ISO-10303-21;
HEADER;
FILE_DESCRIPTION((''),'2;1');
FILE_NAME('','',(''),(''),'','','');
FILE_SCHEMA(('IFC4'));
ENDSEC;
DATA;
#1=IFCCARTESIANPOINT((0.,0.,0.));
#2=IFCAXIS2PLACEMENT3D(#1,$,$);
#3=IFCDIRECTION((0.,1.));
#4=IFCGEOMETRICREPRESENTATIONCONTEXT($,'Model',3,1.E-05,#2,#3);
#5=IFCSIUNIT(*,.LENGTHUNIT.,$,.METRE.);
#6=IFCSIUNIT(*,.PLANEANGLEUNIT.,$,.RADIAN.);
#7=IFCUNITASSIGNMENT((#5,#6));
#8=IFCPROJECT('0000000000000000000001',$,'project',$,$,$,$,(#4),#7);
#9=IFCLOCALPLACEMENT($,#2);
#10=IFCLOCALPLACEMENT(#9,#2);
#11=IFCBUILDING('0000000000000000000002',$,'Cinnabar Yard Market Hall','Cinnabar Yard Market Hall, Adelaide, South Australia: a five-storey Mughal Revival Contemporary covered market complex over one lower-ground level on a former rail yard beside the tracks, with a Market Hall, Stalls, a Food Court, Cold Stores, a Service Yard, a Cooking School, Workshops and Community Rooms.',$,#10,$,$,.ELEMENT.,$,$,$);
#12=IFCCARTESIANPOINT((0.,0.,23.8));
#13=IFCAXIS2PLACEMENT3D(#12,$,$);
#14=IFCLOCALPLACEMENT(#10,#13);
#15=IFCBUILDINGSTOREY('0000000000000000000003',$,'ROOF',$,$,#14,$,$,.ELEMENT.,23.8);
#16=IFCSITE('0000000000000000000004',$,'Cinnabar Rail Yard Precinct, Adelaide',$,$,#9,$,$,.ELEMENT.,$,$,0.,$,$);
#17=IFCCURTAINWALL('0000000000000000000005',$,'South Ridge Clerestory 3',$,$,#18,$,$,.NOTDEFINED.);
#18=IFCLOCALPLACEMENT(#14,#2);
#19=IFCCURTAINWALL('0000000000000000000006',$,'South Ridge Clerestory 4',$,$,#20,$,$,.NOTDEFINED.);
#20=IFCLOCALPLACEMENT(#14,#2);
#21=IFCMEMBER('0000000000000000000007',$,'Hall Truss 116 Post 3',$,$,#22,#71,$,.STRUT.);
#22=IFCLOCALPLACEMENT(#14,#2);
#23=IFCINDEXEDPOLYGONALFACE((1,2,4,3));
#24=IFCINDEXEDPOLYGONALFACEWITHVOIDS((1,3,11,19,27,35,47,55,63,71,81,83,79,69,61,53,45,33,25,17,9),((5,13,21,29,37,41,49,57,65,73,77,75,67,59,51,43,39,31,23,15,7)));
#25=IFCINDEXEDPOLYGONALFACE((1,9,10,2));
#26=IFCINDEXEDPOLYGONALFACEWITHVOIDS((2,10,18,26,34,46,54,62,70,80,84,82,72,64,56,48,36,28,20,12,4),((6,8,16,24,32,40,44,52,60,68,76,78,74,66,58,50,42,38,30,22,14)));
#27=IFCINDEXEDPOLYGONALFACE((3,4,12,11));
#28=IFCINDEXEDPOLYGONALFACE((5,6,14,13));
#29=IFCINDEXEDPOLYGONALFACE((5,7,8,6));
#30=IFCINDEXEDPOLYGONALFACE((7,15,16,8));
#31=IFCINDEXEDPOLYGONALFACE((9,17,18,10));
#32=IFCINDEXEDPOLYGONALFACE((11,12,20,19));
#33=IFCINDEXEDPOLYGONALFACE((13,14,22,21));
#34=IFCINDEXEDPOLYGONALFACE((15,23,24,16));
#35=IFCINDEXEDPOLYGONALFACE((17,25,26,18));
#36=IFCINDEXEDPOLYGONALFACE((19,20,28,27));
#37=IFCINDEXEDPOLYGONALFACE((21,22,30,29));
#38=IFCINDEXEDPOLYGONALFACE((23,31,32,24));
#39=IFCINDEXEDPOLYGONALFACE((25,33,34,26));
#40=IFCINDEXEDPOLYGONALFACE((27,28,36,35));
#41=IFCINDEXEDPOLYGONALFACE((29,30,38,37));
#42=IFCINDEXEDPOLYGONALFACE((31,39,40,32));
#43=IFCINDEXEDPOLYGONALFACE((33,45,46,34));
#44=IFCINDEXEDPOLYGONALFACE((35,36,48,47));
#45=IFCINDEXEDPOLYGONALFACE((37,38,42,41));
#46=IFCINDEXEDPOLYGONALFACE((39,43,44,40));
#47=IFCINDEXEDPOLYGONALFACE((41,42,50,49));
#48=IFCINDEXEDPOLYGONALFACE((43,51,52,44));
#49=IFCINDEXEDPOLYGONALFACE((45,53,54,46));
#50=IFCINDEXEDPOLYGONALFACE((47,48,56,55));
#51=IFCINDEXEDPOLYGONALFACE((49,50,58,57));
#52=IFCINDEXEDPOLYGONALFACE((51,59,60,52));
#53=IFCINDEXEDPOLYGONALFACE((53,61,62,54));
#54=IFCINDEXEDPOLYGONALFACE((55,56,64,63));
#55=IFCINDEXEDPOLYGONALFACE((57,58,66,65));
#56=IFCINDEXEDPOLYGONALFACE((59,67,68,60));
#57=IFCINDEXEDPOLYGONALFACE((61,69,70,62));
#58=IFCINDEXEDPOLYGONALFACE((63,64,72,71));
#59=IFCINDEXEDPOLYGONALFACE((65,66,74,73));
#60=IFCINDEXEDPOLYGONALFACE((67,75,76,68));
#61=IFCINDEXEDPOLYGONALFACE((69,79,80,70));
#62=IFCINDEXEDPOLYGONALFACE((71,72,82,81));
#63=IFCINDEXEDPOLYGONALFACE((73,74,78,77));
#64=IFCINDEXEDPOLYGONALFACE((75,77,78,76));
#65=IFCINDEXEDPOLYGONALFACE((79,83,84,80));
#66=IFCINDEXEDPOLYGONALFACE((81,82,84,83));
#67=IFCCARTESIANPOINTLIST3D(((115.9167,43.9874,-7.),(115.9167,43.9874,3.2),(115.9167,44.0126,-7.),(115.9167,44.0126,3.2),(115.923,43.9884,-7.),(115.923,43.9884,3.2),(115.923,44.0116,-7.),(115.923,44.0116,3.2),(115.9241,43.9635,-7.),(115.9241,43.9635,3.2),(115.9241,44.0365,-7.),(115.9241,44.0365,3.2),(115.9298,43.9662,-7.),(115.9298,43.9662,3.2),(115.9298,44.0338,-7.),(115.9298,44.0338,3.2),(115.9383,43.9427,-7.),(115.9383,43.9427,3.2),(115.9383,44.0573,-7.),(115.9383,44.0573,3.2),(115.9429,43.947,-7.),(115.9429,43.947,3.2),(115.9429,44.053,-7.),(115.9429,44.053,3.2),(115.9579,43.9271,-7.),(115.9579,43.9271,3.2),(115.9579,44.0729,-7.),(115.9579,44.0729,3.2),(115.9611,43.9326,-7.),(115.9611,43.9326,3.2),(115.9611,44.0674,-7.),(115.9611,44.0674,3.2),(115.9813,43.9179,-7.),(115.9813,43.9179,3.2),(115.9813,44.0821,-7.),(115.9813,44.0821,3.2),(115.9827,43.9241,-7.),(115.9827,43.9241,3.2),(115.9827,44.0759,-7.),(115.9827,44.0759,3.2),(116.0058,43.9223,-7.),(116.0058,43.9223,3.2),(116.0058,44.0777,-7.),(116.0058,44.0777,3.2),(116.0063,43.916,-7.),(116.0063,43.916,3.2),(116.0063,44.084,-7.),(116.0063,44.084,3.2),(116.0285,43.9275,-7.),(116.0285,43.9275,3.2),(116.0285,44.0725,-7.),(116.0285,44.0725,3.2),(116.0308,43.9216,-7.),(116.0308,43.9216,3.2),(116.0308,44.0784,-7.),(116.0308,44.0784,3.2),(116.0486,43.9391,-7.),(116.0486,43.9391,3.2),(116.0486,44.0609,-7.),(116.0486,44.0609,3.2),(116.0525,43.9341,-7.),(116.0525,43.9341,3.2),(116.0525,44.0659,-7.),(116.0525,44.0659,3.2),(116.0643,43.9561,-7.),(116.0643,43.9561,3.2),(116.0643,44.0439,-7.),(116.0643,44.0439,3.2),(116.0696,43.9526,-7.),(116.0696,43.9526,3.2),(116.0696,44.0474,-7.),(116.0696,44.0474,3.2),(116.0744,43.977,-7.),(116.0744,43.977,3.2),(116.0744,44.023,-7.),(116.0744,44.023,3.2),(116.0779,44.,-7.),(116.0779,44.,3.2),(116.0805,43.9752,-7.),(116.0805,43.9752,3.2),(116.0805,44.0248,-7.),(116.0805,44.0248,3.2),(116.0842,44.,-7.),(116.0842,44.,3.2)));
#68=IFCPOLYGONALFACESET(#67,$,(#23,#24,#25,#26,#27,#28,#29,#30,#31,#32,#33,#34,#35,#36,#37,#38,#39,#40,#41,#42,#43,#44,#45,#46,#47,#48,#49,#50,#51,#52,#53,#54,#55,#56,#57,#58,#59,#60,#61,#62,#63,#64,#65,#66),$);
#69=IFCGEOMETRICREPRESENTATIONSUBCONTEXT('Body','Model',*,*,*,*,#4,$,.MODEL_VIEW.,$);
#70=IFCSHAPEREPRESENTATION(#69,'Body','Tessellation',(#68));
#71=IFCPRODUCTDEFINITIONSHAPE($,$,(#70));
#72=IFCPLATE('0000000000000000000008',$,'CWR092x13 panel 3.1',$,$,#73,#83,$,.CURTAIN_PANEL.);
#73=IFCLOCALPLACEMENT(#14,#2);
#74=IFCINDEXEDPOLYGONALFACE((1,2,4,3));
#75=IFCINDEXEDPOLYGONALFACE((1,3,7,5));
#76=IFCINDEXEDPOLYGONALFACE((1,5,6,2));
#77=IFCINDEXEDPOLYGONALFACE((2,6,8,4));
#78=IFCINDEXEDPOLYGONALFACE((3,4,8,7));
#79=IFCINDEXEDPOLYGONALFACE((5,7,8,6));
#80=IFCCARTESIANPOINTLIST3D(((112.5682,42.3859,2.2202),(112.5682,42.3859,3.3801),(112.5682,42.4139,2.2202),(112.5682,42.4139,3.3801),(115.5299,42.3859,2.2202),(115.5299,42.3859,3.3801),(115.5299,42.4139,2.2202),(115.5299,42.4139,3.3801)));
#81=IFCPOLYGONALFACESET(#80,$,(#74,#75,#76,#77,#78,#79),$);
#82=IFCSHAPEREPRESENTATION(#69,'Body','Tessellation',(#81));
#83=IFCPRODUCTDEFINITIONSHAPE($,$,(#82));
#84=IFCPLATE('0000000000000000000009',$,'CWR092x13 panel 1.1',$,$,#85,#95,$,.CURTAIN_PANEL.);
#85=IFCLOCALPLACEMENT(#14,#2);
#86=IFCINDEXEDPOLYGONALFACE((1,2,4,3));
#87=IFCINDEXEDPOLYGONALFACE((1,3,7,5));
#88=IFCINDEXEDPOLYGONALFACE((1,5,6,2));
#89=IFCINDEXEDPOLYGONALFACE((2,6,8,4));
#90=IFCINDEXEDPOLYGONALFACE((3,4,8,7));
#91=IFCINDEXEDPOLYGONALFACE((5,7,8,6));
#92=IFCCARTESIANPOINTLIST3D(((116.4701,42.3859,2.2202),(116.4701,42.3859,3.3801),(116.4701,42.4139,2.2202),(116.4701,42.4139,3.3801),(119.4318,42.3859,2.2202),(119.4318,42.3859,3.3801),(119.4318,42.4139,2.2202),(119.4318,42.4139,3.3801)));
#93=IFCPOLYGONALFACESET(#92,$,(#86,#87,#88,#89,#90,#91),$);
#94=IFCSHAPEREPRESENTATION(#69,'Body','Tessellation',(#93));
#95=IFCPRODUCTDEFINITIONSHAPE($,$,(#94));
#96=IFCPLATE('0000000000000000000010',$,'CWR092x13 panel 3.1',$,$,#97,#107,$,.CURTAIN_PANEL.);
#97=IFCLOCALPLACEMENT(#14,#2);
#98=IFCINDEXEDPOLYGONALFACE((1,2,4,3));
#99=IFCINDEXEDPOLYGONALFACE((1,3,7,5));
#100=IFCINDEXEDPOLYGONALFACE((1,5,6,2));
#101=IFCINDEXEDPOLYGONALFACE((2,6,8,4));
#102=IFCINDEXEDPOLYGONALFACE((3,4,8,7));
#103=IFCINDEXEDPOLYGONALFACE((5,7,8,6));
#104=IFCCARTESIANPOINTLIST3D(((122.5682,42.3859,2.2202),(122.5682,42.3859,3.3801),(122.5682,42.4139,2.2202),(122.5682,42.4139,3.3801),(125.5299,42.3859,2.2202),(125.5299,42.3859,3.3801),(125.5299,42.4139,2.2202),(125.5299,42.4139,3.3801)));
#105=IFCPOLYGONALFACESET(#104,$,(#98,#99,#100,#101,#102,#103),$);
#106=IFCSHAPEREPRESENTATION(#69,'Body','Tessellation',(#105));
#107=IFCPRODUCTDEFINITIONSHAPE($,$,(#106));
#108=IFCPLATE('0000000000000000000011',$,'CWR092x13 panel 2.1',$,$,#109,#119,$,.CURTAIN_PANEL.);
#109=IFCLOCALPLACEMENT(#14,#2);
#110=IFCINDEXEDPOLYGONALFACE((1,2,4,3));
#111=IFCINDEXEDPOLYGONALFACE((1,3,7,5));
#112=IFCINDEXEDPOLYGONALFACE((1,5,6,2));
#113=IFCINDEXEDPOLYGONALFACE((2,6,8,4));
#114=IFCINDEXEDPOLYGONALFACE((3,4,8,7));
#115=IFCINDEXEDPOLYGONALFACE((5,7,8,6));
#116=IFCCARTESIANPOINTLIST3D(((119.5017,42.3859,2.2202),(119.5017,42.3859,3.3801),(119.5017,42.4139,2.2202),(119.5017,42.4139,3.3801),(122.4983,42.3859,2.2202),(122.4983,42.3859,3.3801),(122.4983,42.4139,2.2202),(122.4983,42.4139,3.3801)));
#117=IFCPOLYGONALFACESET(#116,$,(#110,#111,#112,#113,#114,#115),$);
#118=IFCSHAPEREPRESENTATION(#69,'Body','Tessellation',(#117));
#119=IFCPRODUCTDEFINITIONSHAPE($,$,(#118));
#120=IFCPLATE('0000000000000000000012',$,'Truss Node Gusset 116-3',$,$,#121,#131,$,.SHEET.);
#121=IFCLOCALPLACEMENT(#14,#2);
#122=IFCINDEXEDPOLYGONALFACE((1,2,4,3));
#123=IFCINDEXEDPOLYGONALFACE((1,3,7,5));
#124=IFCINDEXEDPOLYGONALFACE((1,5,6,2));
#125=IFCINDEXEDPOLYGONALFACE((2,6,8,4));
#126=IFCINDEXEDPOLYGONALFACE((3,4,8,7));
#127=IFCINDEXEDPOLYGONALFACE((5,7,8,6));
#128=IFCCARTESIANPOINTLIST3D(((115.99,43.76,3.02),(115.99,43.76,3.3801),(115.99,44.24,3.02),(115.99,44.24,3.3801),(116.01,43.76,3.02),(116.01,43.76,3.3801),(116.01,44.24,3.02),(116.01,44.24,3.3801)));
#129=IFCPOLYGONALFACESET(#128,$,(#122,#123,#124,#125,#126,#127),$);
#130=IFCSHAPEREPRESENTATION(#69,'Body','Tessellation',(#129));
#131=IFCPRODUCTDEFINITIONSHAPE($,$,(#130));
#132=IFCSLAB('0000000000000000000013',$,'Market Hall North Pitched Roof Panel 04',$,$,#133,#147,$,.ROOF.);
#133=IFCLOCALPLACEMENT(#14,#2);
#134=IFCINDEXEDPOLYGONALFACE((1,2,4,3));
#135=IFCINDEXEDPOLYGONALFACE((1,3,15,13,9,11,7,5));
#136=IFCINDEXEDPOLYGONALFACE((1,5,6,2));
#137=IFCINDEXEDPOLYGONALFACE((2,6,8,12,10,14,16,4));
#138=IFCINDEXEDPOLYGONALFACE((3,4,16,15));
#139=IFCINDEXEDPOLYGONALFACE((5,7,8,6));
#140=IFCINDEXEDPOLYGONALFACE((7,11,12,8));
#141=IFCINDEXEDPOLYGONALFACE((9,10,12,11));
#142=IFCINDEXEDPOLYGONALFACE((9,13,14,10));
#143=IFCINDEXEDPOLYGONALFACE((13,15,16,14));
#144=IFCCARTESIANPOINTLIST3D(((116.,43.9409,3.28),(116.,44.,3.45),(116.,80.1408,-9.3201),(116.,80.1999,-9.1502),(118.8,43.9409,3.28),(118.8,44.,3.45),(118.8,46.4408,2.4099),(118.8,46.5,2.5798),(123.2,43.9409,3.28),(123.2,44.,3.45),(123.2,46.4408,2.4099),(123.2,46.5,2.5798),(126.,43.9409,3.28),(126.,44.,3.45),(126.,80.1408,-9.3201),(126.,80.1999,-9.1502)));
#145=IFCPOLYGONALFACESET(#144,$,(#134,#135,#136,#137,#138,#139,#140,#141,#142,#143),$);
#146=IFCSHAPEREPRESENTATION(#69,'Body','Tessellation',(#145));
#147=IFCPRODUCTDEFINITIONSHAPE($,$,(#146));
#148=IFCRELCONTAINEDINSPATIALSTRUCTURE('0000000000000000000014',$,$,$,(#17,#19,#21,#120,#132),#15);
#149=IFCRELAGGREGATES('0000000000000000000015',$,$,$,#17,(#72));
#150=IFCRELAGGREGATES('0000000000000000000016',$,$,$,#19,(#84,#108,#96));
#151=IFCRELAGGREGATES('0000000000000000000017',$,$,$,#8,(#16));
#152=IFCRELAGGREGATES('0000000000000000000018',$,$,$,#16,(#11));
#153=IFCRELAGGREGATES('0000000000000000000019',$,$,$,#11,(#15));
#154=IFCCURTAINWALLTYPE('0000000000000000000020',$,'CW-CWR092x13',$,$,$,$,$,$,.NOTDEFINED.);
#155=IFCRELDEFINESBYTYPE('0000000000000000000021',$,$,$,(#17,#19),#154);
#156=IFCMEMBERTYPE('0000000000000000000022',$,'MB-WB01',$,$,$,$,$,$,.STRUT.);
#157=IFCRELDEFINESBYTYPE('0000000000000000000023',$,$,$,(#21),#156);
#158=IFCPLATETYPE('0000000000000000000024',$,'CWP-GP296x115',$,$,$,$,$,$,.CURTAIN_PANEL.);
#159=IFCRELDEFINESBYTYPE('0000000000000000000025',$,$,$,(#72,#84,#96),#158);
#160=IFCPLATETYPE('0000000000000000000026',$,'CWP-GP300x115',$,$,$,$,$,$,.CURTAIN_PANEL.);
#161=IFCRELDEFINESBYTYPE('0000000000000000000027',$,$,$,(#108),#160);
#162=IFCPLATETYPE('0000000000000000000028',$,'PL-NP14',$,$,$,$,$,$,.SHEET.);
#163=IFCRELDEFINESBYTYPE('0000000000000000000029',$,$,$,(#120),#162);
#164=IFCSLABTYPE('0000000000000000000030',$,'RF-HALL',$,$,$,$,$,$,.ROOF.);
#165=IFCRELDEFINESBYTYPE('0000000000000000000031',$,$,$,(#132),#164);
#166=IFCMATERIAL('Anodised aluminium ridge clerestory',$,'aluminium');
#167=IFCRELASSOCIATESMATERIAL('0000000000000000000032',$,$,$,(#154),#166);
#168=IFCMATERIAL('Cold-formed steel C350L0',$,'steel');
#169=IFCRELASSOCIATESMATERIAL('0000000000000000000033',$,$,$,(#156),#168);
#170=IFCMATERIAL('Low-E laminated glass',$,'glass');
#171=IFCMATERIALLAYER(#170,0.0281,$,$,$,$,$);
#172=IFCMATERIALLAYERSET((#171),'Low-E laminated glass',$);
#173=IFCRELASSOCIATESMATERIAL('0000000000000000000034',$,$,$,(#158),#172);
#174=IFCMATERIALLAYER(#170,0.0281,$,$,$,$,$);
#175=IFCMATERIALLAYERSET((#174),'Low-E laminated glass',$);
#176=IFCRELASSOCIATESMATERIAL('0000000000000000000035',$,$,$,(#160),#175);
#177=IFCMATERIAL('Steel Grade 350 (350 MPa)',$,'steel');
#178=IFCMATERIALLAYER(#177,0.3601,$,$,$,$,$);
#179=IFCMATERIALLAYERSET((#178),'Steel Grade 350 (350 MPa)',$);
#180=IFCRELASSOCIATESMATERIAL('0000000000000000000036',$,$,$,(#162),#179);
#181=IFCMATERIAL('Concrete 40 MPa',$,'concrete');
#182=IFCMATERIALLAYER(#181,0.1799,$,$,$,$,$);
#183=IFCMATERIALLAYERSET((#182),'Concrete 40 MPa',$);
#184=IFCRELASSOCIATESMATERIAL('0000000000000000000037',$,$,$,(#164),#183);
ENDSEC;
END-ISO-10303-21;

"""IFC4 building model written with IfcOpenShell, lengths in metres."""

from ifc_helpers import new_model, si_unit, direction, frame, origin, origin_2d_with_axis, place, context, subcontext, project, spatial, polyline, rectangle, hollow_circle, outline, extrude, material, layer, layer_set, material_profile, profile_set, type_object, element, aggregate, save


model = new_model("IFC4")

# Units and contexts
model_context = context("Model", 3, precision=1e-05, world=origin(), true_north=direction((0.0, 1.0)))
body_context = subcontext(model_context, "Body", "Model", "MODEL_VIEW")
ifc_project = project(units=[si_unit("LENGTHUNIT", "METRE"), si_unit("PLANEANGLEUNIT", "RADIAN")], contexts=[model_context])

# Site, building, storey
site_placement = place(None, origin())
site = spatial("IfcSite", under=ifc_project, at=site_placement, Name="Cinnabar Rail Yard Precinct, Adelaide", CompositionType="ELEMENT", RefElevation=0.0)
building_placement = place(site_placement, origin())
building = spatial("IfcBuilding", under=site, at=building_placement, Name="Cinnabar Yard Market Hall", Description="Cinnabar Yard Market Hall, Adelaide, South Australia: a five-storey Mughal Revival Contemporary covered market complex over one lower-ground level on a former rail yard beside the tracks, with a Market Hall, Stalls, a Food Court, Cold Stores, a Service Yard, a Cooking School, Workshops and Community Rooms.", CompositionType="ELEMENT")
storey_placement = place(building_placement, frame((0.0, 0.0, 23.8)))
storey = spatial("IfcBuildingStorey", under=building, at=storey_placement, Name="ROOF", CompositionType="ELEMENT", Elevation=23.8)

# Curtain wall
ifc_material_1 = material(Name="Anodised aluminium ridge clerestory", Category="aluminium")
curtain_wall_type = type_object("IfcCurtainWallType", Name="CW-CWR092x13", PredefinedType="NOTDEFINED", material=ifc_material_1)
curtain_wall_1_placement = place(storey_placement, origin())
curtain_wall_1 = element("IfcCurtainWall", 1, at=curtain_wall_1_placement, inside=storey, type_object=curtain_wall_type, Name="South Ridge Clerestory 3", PredefinedType="NOTDEFINED")

# Curtain wall
curtain_wall_2_placement = place(storey_placement, origin())
curtain_wall_2 = element("IfcCurtainWall", 2, at=curtain_wall_2_placement, inside=storey, type_object=curtain_wall_type, Name="South Ridge Clerestory 4", PredefinedType="NOTDEFINED")

# Member
ifc_material_2 = material(Name="Cold-formed steel C350L0", Category="steel")
ifc_material_profile_1 = material_profile(ifc_material_2, hollow_circle(Radius=0.0842, WallThickness=0.0063, at=origin_2d_with_axis()), Name="168.3x6.4CHS")
ifc_profile_set_1 = profile_set([ifc_material_profile_1], Name="Cold-formed steel C350L0")
member_type_1 = type_object("IfcMemberType", Name="MB-WB01", PredefinedType="STRUT", material=ifc_profile_set_1)
member_1_placement = place(storey_placement, frame((116.0, 44.0, -7.0), z_axis=(0.0, 0.0, 1.0), x_axis=(1.0, 0.0, 0.0)))
element("IfcMember", 3, at=member_1_placement, inside=storey, type_object=member_type_1, Name="Hall Truss 116 Post 3", PredefinedType="STRUT", context=body_context, shape_type="SweptSolid", body=[
    extrude(hollow_circle(Radius=0.0842, WallThickness=0.0063, at=origin_2d_with_axis()), origin(), (0.0, 0.0, 1.0), 10.2),
])

# Plates
ifc_material_3 = material(Name="Low-E laminated glass", Category="glass")
ifc_layer_1 = layer(ifc_material_3, 0.0281)
ifc_layer_set_1 = layer_set([ifc_layer_1], Name="Low-E laminated glass")
plate_type_1 = type_object("IfcPlateType", Name="CWP-GP296x115", PredefinedType="CURTAIN_PANEL", material=ifc_layer_set_1)
plate_1_placement = place(storey_placement, frame((114.0491, 42.3999, 2.2202), z_axis=(0.0, 0.0, 1.0), x_axis=(1.0, 0.0, 0.0)))
plate_1 = element("IfcPlate", 4, at=plate_1_placement, type_object=plate_type_1, Name="CWR092x13 panel 3.1", PredefinedType="CURTAIN_PANEL", context=body_context, shape_type="SweptSolid", body=[
    extrude(rectangle(XDim=2.9617, YDim=0.0281, at=origin_2d_with_axis()), origin(), (0.0, 0.0, 1.0), 1.1599),
])
aggregate(curtain_wall_1, [plate_1])
plate_2_placement = place(storey_placement, frame((117.9509, 42.3999, 2.2202), z_axis=(0.0, 0.0, 1.0), x_axis=(1.0, 0.0, 0.0)))
plate_2 = element("IfcPlate", 5, at=plate_2_placement, type_object=plate_type_1, Name="CWR092x13 panel 1.1", PredefinedType="CURTAIN_PANEL", context=body_context, shape_type="SweptSolid", body=[
    extrude(rectangle(XDim=2.9617, YDim=0.0281, at=origin_2d_with_axis()), origin(), (0.0, 0.0, 1.0), 1.1599),
])
plate_3_placement = place(storey_placement, frame((124.0491, 42.3999, 2.2202), z_axis=(0.0, 0.0, 1.0), x_axis=(1.0, 0.0, 0.0)))
plate_3 = element("IfcPlate", 6, at=plate_3_placement, type_object=plate_type_1, Name="CWR092x13 panel 3.1", PredefinedType="CURTAIN_PANEL", context=body_context, shape_type="SweptSolid", body=[
    extrude(rectangle(XDim=2.9617, YDim=0.0281, at=origin_2d_with_axis()), origin(), (0.0, 0.0, 1.0), 1.1599),
])
ifc_layer_2 = layer(ifc_material_3, 0.0281)
ifc_layer_set_2 = layer_set([ifc_layer_2], Name="Low-E laminated glass")
plate_type_2 = type_object("IfcPlateType", Name="CWP-GP300x115", PredefinedType="CURTAIN_PANEL", material=ifc_layer_set_2)
plate_4_placement = place(storey_placement, frame((121.0, 42.3999, 2.2202), z_axis=(0.0, 0.0, 1.0), x_axis=(1.0, 0.0, 0.0)))
plate_4 = element("IfcPlate", 7, at=plate_4_placement, type_object=plate_type_2, Name="CWR092x13 panel 2.1", PredefinedType="CURTAIN_PANEL", context=body_context, shape_type="SweptSolid", body=[
    extrude(rectangle(XDim=2.9966, YDim=0.0281, at=origin_2d_with_axis()), origin(), (0.0, 0.0, 1.0), 1.1599),
])
aggregate(curtain_wall_2, [plate_2, plate_4, plate_3])
ifc_material_4 = material(Name="Steel Grade 350 (350 MPa)", Category="steel")
ifc_layer_3 = layer(ifc_material_4, 0.3601)
ifc_layer_set_3 = layer_set([ifc_layer_3], Name="Steel Grade 350 (350 MPa)")
plate_type_3 = type_object("IfcPlateType", Name="PL-NP14", PredefinedType="SHEET", material=ifc_layer_set_3)
plate_5_placement = place(storey_placement, frame((116.0, 44.0, 3.02), z_axis=(0.0, 0.0, 1.0), x_axis=(1.0, 0.0, 0.0)))
element("IfcPlate", 8, at=plate_5_placement, inside=storey, type_object=plate_type_3, Name="Truss Node Gusset 116-3", PredefinedType="SHEET", context=body_context, shape_type="SweptSolid", body=[
    extrude(rectangle(XDim=0.02, YDim=0.48, at=origin_2d_with_axis()), origin(), (0.0, 0.0, 1.0), 0.3601),
])

# Slab
ifc_material_5 = material(Name="Concrete 40 MPa", Category="concrete")
ifc_layer_4 = layer(ifc_material_5, 0.1799)
ifc_layer_set_4 = layer_set([ifc_layer_4], Name="Concrete 40 MPa")
slab_type = type_object("IfcSlabType", Name="RF-HALL", PredefinedType="ROOF", material=ifc_layer_set_4)
slab_placement = place(storey_placement, frame((116.0, 44.0, 3.45), z_axis=(0.0, 0.328726, 0.944425), x_axis=(1.0, 0.0, 0.0)))
element("IfcSlab", 9, at=slab_placement, inside=storey, type_object=slab_type, Name="Market Hall North Pitched Roof Panel 04", PredefinedType="ROOF", context=body_context, shape_type="SweptSolid", body=[
    extrude(outline(polyline([(0.0, 0.0), (2.8, 0.0), (2.8, 2.6471), (7.2, 2.6471), (7.2, 0.0), (10.0, 0.0), (10.0, 38.3301), (0.0, 38.3301), (0.0, 0.0)])), origin(), (0.0, 0.0, -1.0), 0.1799),
])

save(model, "model.ifc")
